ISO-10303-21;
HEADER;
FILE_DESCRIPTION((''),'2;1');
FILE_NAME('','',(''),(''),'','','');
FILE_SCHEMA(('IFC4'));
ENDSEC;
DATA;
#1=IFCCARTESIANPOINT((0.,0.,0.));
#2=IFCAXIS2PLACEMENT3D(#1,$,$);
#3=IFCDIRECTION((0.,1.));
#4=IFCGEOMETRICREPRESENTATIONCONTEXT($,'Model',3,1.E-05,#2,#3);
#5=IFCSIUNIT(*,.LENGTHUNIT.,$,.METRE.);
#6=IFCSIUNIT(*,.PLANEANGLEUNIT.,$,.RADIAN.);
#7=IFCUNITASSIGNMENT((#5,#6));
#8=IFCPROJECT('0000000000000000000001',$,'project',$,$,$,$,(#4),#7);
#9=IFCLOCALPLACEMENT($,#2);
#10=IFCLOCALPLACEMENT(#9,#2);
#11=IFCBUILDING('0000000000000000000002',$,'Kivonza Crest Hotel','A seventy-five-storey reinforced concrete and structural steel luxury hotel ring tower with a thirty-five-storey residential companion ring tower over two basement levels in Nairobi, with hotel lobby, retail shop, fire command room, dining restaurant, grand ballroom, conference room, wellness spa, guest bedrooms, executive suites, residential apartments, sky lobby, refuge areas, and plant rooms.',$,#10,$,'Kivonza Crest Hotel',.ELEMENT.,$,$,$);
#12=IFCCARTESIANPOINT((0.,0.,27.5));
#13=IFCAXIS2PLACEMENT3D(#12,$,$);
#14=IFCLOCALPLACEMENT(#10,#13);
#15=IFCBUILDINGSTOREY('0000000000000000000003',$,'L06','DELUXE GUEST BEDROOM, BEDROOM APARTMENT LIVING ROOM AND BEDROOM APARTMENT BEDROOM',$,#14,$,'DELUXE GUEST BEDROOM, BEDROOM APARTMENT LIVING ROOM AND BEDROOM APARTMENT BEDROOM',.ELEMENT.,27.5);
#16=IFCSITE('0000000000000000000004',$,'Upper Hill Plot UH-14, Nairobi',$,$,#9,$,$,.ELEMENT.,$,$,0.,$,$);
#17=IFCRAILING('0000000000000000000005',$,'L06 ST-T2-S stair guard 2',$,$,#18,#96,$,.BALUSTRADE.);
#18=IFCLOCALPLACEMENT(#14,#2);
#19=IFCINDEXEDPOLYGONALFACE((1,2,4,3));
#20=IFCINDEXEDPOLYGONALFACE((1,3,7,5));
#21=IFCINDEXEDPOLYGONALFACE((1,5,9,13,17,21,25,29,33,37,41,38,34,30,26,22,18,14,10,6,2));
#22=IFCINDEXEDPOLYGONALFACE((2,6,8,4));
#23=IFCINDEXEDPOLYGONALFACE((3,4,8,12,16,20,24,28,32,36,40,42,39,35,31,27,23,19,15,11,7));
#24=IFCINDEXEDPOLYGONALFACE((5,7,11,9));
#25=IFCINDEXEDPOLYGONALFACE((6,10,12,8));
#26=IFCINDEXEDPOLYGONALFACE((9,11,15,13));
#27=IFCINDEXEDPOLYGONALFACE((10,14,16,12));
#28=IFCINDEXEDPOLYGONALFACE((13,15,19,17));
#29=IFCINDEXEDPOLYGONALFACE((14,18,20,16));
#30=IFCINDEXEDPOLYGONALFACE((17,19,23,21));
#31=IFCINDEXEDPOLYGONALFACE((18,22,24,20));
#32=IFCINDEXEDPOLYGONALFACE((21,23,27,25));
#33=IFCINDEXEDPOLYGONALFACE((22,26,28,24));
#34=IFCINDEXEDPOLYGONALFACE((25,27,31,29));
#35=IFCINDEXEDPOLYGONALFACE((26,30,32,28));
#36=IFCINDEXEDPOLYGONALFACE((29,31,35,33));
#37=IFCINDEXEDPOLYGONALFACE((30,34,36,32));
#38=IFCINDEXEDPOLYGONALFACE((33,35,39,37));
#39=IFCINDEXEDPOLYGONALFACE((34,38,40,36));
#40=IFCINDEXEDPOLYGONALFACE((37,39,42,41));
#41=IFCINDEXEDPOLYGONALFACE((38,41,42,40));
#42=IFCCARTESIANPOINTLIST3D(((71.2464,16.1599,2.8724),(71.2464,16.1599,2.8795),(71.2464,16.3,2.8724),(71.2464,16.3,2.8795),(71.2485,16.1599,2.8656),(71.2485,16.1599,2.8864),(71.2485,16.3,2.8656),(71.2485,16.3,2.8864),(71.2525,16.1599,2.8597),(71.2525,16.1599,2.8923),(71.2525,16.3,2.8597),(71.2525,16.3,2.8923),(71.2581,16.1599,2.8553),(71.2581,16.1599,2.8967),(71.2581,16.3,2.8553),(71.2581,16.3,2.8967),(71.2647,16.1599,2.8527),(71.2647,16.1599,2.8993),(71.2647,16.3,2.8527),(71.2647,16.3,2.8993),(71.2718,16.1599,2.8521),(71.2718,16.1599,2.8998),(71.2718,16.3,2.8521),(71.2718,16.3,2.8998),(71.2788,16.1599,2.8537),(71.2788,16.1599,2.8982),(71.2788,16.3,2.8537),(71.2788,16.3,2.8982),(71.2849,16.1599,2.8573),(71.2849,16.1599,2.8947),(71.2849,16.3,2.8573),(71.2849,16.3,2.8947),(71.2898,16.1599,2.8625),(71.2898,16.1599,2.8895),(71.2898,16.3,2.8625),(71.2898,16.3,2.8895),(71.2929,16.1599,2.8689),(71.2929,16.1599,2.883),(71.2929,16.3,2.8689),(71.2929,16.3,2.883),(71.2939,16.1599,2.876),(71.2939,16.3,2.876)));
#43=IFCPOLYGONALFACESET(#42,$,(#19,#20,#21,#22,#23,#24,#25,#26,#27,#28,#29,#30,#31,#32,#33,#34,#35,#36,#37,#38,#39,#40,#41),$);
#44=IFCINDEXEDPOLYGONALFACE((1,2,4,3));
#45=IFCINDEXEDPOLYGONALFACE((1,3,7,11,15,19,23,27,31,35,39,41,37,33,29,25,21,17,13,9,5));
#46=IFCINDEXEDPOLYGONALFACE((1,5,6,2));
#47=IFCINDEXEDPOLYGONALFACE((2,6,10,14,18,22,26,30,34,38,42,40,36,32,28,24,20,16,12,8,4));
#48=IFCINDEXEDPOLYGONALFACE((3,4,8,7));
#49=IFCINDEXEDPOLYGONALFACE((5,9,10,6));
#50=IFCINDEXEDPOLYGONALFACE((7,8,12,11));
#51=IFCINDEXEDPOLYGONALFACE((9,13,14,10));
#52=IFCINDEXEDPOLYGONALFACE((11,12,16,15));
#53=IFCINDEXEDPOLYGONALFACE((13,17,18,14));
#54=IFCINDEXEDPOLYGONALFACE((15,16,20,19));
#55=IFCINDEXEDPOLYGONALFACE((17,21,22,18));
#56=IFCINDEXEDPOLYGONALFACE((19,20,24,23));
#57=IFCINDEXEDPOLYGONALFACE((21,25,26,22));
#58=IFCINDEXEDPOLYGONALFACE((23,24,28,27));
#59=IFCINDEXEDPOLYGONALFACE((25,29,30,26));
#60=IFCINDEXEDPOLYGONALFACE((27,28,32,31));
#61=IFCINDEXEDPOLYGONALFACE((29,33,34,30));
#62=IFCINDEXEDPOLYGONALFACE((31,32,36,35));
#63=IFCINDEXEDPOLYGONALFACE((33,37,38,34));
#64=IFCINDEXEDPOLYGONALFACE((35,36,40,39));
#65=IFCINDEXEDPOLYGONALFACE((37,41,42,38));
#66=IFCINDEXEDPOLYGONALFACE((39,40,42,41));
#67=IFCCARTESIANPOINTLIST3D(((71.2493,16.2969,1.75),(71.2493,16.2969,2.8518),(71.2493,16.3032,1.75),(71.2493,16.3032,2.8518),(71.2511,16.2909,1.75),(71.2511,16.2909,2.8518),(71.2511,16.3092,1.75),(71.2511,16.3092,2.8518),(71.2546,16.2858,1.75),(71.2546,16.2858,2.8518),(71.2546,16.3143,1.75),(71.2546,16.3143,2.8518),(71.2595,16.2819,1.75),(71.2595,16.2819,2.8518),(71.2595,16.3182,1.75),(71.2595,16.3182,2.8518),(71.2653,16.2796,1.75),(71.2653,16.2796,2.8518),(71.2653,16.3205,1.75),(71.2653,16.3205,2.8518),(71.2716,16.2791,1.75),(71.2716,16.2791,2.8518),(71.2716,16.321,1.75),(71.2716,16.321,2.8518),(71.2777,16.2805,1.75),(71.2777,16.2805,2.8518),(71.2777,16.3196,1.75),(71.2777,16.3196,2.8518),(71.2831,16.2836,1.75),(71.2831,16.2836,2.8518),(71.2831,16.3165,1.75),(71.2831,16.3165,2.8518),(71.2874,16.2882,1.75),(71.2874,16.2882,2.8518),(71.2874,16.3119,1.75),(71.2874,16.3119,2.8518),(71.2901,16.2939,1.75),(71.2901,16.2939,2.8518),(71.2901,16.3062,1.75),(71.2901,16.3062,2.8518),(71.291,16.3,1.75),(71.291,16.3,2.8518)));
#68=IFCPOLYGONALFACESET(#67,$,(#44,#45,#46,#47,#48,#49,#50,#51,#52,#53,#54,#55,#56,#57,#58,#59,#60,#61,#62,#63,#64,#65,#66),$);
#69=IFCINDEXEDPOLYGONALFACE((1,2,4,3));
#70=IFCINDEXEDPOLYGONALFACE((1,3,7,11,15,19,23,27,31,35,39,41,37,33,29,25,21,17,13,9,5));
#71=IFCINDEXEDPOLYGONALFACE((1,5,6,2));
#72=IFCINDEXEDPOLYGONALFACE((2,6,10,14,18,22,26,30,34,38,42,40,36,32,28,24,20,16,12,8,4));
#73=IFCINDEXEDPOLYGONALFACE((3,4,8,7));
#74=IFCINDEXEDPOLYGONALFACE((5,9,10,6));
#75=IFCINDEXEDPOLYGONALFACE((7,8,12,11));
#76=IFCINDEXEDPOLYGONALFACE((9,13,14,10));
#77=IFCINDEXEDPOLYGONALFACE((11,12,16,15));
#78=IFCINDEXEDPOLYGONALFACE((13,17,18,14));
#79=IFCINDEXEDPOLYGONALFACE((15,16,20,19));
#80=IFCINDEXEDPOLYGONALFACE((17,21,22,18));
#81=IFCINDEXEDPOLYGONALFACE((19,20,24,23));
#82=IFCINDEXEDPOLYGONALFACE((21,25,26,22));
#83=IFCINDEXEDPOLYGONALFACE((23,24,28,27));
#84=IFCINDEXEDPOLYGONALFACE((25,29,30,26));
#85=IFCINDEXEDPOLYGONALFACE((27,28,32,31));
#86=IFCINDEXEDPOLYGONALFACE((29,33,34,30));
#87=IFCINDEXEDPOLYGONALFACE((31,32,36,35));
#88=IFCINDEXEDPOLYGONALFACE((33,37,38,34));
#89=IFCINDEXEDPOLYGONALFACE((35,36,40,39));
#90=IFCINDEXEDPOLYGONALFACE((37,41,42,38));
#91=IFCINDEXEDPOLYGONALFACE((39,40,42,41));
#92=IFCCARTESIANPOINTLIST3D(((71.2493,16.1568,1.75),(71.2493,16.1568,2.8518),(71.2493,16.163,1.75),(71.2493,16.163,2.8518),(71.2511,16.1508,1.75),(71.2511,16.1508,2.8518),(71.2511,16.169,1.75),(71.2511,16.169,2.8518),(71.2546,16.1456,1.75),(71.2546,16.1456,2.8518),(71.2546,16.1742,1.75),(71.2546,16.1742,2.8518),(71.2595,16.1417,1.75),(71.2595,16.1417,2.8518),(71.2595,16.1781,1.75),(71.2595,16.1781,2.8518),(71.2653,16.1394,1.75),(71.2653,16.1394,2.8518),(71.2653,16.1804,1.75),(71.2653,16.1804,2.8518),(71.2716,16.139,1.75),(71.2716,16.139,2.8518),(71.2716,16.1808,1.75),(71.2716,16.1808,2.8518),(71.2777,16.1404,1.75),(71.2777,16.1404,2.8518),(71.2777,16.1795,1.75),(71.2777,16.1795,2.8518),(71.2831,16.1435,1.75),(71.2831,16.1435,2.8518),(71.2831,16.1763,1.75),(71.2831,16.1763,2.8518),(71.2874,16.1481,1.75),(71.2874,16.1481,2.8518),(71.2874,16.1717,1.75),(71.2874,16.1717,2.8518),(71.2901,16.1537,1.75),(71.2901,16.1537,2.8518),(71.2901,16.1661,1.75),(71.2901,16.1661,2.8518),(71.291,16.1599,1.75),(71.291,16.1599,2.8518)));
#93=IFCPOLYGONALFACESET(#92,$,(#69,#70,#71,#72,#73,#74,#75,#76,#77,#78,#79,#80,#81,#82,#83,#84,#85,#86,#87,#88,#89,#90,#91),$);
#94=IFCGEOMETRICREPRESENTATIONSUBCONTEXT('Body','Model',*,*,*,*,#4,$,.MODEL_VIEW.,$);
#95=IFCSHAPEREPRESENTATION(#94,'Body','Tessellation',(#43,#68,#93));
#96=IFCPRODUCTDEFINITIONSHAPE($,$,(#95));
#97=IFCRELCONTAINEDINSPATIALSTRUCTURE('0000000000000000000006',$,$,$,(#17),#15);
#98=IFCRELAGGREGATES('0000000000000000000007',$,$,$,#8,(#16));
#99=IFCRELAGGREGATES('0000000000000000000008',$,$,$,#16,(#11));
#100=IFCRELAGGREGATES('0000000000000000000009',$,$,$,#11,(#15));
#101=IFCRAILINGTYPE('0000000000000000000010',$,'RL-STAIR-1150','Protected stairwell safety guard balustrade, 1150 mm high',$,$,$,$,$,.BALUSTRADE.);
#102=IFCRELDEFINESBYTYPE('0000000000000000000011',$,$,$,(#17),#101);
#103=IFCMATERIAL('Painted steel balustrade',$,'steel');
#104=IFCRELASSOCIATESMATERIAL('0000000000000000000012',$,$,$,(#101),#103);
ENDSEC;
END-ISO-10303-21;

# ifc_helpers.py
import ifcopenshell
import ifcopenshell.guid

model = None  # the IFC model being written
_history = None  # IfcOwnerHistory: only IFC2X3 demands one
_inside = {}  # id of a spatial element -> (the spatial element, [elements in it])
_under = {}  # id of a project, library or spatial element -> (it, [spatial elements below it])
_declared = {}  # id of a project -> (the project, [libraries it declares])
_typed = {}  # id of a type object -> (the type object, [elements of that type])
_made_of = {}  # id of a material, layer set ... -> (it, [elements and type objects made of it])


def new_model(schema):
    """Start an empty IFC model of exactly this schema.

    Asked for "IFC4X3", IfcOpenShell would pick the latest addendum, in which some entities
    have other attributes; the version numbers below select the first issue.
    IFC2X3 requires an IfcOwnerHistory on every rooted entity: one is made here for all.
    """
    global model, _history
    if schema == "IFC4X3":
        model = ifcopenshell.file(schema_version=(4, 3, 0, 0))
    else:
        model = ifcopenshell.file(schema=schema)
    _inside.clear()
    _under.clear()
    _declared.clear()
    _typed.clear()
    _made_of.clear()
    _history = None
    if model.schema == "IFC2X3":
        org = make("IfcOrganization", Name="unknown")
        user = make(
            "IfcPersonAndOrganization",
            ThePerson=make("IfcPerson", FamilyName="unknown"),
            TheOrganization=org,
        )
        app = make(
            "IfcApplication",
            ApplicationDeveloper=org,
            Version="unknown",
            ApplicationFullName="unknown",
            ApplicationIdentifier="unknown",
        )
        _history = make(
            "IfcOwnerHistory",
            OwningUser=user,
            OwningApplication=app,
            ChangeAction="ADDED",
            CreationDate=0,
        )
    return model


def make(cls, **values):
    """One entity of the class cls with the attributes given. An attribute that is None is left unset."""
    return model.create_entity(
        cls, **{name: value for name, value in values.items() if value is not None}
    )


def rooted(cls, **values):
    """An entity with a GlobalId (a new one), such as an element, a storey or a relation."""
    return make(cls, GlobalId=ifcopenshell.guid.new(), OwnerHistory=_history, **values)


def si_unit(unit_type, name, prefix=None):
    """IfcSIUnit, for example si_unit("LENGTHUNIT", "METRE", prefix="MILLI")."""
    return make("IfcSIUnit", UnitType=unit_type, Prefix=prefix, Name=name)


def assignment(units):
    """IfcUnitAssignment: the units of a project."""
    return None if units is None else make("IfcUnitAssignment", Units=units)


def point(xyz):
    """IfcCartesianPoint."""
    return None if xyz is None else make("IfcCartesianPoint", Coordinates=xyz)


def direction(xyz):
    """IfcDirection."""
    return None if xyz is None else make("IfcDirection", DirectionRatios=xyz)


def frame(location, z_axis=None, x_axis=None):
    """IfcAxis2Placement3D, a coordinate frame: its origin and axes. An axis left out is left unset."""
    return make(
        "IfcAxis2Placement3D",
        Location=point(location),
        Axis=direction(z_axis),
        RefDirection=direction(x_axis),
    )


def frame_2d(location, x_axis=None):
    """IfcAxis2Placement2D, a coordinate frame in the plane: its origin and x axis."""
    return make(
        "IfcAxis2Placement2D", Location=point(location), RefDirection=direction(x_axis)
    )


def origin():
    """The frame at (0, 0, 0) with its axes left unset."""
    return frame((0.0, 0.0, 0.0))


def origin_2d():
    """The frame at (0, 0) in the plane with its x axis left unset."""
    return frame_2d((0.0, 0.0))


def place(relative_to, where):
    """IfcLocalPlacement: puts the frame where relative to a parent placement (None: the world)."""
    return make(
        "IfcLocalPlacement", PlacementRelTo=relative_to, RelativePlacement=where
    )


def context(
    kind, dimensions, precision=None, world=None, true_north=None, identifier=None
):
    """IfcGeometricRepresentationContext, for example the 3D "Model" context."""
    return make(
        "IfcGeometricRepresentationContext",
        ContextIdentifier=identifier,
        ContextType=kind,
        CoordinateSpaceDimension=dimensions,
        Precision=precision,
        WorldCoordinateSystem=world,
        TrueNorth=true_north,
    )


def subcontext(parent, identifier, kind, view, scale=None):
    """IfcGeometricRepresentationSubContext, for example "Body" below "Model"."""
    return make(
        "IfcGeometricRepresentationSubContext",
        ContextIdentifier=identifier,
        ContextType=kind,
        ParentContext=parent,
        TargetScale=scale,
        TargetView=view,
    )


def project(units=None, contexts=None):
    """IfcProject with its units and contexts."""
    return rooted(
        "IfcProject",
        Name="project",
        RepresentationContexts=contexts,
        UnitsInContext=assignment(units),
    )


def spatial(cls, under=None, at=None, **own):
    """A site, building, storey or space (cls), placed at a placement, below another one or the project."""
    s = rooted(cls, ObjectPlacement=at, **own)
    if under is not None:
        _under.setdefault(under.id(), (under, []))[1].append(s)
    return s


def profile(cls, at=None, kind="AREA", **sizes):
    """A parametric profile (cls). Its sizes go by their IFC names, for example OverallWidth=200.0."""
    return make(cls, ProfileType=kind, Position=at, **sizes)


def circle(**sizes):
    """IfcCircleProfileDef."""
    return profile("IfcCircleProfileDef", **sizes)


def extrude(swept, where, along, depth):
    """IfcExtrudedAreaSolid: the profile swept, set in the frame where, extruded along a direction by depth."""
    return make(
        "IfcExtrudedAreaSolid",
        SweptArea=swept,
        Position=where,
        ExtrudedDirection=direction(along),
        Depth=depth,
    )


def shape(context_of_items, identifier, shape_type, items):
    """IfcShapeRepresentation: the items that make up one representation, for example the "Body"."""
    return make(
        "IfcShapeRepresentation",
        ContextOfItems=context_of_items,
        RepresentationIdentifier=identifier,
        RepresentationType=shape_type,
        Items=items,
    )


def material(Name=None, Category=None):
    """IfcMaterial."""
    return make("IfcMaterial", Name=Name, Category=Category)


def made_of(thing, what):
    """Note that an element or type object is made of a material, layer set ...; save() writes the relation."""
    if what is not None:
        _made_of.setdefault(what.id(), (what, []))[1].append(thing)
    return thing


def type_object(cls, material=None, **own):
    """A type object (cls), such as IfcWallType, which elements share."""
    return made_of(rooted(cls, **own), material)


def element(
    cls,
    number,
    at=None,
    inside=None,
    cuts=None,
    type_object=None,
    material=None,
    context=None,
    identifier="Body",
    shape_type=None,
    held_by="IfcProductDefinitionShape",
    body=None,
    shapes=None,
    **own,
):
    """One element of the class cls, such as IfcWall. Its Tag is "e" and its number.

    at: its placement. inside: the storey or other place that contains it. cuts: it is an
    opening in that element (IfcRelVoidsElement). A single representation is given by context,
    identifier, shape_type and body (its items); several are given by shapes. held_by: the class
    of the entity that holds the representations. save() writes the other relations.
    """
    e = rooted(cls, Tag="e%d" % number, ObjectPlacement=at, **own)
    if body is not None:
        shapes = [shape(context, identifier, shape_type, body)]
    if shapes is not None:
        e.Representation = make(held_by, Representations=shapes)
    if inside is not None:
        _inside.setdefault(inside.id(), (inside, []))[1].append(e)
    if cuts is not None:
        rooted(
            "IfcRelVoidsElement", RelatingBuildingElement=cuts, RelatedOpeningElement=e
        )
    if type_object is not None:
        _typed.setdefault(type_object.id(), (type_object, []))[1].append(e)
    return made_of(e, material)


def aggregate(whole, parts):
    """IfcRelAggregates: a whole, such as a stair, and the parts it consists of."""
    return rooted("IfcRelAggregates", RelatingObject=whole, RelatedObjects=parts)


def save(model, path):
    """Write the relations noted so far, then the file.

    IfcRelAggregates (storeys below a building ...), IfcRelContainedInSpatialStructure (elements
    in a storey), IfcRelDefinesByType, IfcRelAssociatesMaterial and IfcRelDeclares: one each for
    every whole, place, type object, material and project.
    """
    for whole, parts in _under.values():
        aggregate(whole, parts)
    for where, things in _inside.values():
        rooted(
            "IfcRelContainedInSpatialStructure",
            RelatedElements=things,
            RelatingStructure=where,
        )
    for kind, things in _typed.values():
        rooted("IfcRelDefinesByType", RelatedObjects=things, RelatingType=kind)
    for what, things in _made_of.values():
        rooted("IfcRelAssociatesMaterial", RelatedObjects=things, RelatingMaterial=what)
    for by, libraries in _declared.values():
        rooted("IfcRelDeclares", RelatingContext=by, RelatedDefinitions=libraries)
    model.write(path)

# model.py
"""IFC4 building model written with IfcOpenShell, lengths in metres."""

from ifc_helpers import new_model, si_unit, direction, frame, origin, origin_2d, place, context, subcontext, project, spatial, circle, extrude, material, type_object, element, save


model = new_model("IFC4")

# Units and contexts
model_context = context("Model", 3, precision=1e-05, world=origin(), true_north=direction((0.0, 1.0)))
body_context = subcontext(model_context, "Body", "Model", "MODEL_VIEW")
ifc_project = project(units=[si_unit("LENGTHUNIT", "METRE"), si_unit("PLANEANGLEUNIT", "RADIAN")], contexts=[model_context])

# Site, building, storey
site_placement = place(None, origin())
site = spatial("IfcSite", under=ifc_project, at=site_placement, Name="Upper Hill Plot UH-14, Nairobi", CompositionType="ELEMENT", RefElevation=0.0)
building_placement = place(site_placement, origin())
building = spatial("IfcBuilding", under=site, at=building_placement, Name="Kivonza Crest Hotel", Description="A seventy-five-storey reinforced concrete and structural steel luxury hotel ring tower with a thirty-five-storey residential companion ring tower over two basement levels in Nairobi, with hotel lobby, retail shop, fire command room, dining restaurant, grand ballroom, conference room, wellness spa, guest bedrooms, executive suites, residential apartments, sky lobby, refuge areas, and plant rooms.", LongName="Kivonza Crest Hotel", CompositionType="ELEMENT")
storey_placement = place(building_placement, frame((0.0, 0.0, 27.5)))
storey = spatial("IfcBuildingStorey", under=building, at=storey_placement, Name="L06", Description="DELUXE GUEST BEDROOM, BEDROOM APARTMENT LIVING ROOM AND BEDROOM APARTMENT BEDROOM", LongName="DELUXE GUEST BEDROOM, BEDROOM APARTMENT LIVING ROOM AND BEDROOM APARTMENT BEDROOM", CompositionType="ELEMENT", Elevation=27.5)

# Railing
ifc_material_1 = material(Name="Painted steel balustrade", Category="steel")
railing_type_1 = type_object("IfcRailingType", Name="RL-STAIR-1150", Description="Protected stairwell safety guard balustrade, 1150 mm high", PredefinedType="BALUSTRADE", material=ifc_material_1)
railing_1_placement = place(storey_placement, frame((71.27, 16.3, 1.75)))
element("IfcRailing", 1, at=railing_1_placement, inside=storey, type_object=railing_type_1, Name="L06 ST-T2-S stair guard 2", PredefinedType="BALUSTRADE", context=body_context, shape_type="SweptSolid", body=[
    extrude(circle(Radius=0.0239, at=origin_2d()), frame((0.0, 0.0, 1.126), z_axis=(0.0, -1.0, 0.0), x_axis=(1.0, 0.0, 0.0)), (0.0, 0.0, 1.0), 0.1401),
    extrude(circle(Radius=0.021, at=origin_2d()), origin(), (0.0, 0.0, 1.0), 1.1018),
    extrude(circle(Radius=0.021, at=origin_2d()), frame((0.0, -0.1401, 0.0)), (0.0, 0.0, 1.0), 1.1018),
])

save(model, "model.ifc")
